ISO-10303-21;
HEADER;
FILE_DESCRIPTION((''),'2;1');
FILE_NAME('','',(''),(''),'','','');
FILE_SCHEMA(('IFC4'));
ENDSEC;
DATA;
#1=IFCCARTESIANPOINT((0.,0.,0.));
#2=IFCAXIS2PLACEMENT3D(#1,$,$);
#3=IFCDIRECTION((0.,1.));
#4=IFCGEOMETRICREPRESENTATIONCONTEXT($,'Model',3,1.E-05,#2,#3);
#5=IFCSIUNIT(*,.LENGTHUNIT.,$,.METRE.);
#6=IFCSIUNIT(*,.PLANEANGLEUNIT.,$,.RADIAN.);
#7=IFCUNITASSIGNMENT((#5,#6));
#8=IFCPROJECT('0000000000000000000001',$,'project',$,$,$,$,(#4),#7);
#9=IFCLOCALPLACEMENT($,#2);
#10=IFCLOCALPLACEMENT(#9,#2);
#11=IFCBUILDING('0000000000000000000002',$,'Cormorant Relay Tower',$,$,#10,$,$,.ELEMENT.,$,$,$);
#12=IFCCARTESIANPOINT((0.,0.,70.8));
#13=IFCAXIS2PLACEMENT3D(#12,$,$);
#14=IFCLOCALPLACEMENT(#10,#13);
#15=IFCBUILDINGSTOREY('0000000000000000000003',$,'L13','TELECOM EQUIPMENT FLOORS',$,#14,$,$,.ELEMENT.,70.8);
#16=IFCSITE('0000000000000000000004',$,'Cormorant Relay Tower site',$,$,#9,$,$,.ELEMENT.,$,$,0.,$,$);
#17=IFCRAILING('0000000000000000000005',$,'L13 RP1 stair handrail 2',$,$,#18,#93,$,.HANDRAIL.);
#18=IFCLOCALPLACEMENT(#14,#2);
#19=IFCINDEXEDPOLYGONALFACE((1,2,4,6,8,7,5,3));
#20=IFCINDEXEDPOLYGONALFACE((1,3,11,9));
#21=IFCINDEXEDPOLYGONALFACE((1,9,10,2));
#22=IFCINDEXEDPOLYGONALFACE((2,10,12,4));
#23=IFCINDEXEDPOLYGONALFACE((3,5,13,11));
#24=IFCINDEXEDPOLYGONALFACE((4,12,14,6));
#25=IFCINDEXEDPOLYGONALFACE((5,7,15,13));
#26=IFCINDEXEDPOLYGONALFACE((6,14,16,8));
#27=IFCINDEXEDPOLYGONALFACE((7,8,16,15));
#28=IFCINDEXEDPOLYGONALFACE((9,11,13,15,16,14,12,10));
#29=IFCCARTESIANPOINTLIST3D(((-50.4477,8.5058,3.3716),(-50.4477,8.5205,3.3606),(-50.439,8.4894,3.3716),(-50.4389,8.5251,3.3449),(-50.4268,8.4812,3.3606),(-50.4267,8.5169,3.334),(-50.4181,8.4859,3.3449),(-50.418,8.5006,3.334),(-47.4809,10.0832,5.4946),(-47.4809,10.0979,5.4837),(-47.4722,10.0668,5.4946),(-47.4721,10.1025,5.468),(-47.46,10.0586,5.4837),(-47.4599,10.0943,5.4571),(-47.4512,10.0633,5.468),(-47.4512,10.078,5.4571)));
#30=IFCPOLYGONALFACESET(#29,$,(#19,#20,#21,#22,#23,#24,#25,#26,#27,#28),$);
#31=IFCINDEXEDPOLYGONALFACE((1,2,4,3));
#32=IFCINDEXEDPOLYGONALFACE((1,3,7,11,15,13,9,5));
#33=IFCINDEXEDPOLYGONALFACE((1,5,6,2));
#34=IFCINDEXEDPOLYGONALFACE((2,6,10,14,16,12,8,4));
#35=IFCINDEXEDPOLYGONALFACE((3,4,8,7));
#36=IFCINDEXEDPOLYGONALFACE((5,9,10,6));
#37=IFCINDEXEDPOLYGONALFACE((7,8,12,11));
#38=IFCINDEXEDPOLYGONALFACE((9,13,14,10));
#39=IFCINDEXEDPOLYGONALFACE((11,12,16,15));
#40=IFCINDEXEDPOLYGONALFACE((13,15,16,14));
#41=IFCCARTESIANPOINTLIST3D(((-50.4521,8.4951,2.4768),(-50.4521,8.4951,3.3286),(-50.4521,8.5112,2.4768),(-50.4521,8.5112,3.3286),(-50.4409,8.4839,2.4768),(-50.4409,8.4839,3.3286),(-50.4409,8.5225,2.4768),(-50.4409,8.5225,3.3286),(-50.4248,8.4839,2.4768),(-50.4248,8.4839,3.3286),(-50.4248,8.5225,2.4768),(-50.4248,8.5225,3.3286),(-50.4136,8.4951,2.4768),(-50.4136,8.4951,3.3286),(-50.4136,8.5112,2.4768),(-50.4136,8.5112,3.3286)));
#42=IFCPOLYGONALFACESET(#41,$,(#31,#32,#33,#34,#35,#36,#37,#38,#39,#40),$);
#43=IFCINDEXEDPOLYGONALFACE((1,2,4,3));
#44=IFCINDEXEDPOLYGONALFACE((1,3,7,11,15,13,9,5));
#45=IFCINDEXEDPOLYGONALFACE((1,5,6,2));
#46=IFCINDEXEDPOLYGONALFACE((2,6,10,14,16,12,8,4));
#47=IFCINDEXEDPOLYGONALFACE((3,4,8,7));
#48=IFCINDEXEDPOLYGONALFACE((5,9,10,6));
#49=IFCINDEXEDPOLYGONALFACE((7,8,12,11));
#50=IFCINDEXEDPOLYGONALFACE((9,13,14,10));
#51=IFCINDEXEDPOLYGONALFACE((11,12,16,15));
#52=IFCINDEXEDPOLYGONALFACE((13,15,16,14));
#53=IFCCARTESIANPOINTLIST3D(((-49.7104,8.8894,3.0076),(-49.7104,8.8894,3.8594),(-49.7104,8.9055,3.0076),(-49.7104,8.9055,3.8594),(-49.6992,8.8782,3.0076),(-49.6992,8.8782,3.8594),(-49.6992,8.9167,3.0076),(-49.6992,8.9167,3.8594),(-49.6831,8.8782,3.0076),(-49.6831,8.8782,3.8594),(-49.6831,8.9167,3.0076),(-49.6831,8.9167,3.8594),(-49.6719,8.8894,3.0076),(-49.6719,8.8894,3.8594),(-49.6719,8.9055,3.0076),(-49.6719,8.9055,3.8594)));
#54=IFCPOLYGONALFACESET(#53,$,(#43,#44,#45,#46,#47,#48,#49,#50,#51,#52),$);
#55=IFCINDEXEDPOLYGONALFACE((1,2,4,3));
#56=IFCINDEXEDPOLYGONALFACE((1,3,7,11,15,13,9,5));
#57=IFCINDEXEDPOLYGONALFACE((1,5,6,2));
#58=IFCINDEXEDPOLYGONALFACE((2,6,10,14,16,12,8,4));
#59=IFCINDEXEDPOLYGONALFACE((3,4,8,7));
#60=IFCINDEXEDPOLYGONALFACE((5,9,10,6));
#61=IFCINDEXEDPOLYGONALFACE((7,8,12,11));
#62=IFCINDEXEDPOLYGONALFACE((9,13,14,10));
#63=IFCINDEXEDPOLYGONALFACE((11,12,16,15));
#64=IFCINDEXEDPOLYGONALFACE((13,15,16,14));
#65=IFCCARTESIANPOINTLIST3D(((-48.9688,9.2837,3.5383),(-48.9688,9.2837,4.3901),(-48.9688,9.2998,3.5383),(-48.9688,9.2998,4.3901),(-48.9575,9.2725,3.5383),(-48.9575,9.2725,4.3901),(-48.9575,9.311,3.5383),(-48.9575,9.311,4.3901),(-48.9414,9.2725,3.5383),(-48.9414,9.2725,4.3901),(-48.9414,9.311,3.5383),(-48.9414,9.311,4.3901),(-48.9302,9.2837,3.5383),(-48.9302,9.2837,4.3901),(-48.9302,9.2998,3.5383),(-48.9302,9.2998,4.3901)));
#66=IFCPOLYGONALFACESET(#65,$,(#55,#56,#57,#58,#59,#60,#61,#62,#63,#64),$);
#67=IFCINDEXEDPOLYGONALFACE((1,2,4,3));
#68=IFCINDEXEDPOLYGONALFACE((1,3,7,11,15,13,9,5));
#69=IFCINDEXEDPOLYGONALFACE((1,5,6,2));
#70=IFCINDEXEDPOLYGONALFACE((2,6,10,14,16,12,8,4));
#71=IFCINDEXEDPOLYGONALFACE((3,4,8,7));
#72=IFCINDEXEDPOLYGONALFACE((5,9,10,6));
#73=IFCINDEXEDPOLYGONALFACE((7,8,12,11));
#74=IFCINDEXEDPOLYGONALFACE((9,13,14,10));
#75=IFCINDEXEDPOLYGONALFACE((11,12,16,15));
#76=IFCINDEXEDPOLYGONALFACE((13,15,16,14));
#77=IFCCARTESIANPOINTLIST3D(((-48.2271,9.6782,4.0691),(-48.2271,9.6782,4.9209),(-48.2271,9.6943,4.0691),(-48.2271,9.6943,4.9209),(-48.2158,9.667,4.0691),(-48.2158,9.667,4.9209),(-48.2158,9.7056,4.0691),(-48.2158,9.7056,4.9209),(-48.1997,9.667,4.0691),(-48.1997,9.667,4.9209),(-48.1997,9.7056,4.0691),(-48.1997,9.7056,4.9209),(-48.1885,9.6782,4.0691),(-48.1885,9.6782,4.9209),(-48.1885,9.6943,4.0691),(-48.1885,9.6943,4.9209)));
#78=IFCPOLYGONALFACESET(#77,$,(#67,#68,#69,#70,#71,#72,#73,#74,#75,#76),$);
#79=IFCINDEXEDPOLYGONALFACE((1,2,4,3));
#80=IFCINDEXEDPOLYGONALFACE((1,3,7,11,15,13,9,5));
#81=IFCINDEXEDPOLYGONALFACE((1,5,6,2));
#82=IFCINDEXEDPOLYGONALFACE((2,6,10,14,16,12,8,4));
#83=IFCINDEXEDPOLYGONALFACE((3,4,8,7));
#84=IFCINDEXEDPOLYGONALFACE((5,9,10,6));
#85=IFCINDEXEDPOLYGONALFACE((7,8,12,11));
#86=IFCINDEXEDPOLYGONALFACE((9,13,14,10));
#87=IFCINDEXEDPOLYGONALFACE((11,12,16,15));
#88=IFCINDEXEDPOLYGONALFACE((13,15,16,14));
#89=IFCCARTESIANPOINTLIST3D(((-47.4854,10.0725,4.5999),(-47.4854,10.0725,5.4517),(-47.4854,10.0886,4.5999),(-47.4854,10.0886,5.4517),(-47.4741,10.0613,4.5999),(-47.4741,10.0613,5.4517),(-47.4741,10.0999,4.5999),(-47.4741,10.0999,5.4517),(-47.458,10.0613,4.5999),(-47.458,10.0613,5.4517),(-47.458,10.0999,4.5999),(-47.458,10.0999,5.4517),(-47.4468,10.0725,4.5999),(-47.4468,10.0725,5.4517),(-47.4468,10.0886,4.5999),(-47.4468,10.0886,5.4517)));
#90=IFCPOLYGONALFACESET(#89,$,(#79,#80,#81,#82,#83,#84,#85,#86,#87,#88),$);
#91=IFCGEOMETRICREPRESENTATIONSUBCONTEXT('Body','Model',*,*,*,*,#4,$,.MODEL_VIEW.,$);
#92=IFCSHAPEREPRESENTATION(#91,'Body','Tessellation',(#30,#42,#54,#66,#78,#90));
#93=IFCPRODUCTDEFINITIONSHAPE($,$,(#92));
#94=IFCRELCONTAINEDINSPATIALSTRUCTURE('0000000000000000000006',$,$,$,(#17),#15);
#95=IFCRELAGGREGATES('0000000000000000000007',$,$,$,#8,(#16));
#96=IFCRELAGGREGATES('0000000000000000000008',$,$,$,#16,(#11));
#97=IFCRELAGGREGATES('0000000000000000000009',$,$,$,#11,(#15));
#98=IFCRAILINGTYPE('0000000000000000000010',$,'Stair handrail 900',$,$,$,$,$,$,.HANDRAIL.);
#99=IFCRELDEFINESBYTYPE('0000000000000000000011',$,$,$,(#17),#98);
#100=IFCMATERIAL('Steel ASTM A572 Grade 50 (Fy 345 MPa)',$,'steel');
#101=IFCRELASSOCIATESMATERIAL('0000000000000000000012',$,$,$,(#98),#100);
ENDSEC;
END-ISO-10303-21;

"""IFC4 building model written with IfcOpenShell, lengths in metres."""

from ifc_helpers import new_model, si_unit, direction, frame, origin, place, context, subcontext, project, spatial, polyline, outline, extrude, material, type_object, element, save


model = new_model("IFC4")

# Units and contexts
model_context = context("Model", 3, precision=1e-05, world=origin(), true_north=direction((0.0, 1.0)))
body_context = subcontext(model_context, "Body", "Model", "MODEL_VIEW")
ifc_project = project(units=[si_unit("LENGTHUNIT", "METRE"), si_unit("PLANEANGLEUNIT", "RADIAN")], contexts=[model_context])

# Site, building, storey
site_placement = place(None, origin())
site = spatial("IfcSite", under=ifc_project, at=site_placement, Name="Cormorant Relay Tower site", CompositionType="ELEMENT", RefElevation=0.0)
building_placement = place(site_placement, origin())
building = spatial("IfcBuilding", under=site, at=building_placement, Name="Cormorant Relay Tower", CompositionType="ELEMENT")
storey_placement = place(building_placement, frame((0.0, 0.0, 70.8)))
storey = spatial("IfcBuildingStorey", under=building, at=storey_placement, Name="L13", Description="TELECOM EQUIPMENT FLOORS", CompositionType="ELEMENT", Elevation=70.8)

# Railing
ifc_material_1 = material(Name="Steel ASTM A572 Grade 50 (Fy 345 MPa)", Category="steel")
railing_type_1 = type_object("IfcRailingType", Name="Stair handrail 900", PredefinedType="HANDRAIL", material=ifc_material_1)
railing_1_placement = place(storey_placement, frame((-50.4329, 8.5032, 2.4768)))
element("IfcRailing", 1, at=railing_1_placement, inside=storey, type_object=railing_type_1, Name="L13 RP1 stair handrail 2", PredefinedType="HANDRAIL", context=body_context, shape_type="SweptSolid", body=[
    extrude(outline(polyline([(0.0222, 0.0093), (0.0093, 0.0222), (-0.0093, 0.0222), (-0.0222, 0.0093), (-0.0222, -0.0093), (-0.0093, -0.0222), (0.0093, -0.0222), (0.0222, -0.0093), (0.0222, 0.0093)])), frame((0.0, 0.0, 0.876), z_axis=(0.746441, 0.396869, 0.534155), x_axis=(-0.469453, 0.882958, 0.0)), (0.0, 0.0, 1.0), 3.9746),
    extrude(outline(polyline([(0.0193, 0.0081), (0.0081, 0.0193), (-0.0081, 0.0193), (-0.0193, 0.0081), (-0.0193, -0.0081), (-0.0081, -0.0193), (0.0081, -0.0193), (0.0193, -0.0081), (0.0193, 0.0081)])), origin(), (0.0, 0.0, 1.0), 0.8518),
    extrude(outline(polyline([(0.0193, 0.0081), (0.0081, 0.0193), (-0.0081, 0.0193), (-0.0193, 0.0081), (-0.0193, -0.0081), (-0.0081, -0.0193), (0.0081, -0.0193), (0.0193, -0.0081), (0.0193, 0.0081)])), frame((0.7417, 0.3943, 0.5308)), (0.0, 0.0, 1.0), 0.8518),
    extrude(outline(polyline([(0.0193, 0.0081), (0.0081, 0.0193), (-0.0081, 0.0193), (-0.0193, 0.0081), (-0.0193, -0.0081), (-0.0081, -0.0193), (0.0081, -0.0193), (0.0193, -0.0081), (0.0193, 0.0081)])), frame((1.4834, 0.7886, 1.0615)), (0.0, 0.0, 1.0), 0.8518),
    extrude(outline(polyline([(0.0193, 0.0081), (0.0081, 0.0193), (-0.0081, 0.0193), (-0.0193, 0.0081), (-0.0193, -0.0081), (-0.0081, -0.0193), (0.0081, -0.0193), (0.0193, -0.0081), (0.0193, 0.0081)])), frame((2.2251, 1.1831, 1.5923)), (0.0, 0.0, 1.0), 0.8518),
    extrude(outline(polyline([(0.0193, 0.0081), (0.0081, 0.0193), (-0.0081, 0.0193), (-0.0193, 0.0081), (-0.0193, -0.0081), (-0.0081, -0.0193), (0.0081, -0.0193), (0.0193, -0.0081), (0.0193, 0.0081)])), frame((2.9668, 1.5774, 2.123)), (0.0, 0.0, 1.0), 0.8518),
])

save(model, "model.ifc")
